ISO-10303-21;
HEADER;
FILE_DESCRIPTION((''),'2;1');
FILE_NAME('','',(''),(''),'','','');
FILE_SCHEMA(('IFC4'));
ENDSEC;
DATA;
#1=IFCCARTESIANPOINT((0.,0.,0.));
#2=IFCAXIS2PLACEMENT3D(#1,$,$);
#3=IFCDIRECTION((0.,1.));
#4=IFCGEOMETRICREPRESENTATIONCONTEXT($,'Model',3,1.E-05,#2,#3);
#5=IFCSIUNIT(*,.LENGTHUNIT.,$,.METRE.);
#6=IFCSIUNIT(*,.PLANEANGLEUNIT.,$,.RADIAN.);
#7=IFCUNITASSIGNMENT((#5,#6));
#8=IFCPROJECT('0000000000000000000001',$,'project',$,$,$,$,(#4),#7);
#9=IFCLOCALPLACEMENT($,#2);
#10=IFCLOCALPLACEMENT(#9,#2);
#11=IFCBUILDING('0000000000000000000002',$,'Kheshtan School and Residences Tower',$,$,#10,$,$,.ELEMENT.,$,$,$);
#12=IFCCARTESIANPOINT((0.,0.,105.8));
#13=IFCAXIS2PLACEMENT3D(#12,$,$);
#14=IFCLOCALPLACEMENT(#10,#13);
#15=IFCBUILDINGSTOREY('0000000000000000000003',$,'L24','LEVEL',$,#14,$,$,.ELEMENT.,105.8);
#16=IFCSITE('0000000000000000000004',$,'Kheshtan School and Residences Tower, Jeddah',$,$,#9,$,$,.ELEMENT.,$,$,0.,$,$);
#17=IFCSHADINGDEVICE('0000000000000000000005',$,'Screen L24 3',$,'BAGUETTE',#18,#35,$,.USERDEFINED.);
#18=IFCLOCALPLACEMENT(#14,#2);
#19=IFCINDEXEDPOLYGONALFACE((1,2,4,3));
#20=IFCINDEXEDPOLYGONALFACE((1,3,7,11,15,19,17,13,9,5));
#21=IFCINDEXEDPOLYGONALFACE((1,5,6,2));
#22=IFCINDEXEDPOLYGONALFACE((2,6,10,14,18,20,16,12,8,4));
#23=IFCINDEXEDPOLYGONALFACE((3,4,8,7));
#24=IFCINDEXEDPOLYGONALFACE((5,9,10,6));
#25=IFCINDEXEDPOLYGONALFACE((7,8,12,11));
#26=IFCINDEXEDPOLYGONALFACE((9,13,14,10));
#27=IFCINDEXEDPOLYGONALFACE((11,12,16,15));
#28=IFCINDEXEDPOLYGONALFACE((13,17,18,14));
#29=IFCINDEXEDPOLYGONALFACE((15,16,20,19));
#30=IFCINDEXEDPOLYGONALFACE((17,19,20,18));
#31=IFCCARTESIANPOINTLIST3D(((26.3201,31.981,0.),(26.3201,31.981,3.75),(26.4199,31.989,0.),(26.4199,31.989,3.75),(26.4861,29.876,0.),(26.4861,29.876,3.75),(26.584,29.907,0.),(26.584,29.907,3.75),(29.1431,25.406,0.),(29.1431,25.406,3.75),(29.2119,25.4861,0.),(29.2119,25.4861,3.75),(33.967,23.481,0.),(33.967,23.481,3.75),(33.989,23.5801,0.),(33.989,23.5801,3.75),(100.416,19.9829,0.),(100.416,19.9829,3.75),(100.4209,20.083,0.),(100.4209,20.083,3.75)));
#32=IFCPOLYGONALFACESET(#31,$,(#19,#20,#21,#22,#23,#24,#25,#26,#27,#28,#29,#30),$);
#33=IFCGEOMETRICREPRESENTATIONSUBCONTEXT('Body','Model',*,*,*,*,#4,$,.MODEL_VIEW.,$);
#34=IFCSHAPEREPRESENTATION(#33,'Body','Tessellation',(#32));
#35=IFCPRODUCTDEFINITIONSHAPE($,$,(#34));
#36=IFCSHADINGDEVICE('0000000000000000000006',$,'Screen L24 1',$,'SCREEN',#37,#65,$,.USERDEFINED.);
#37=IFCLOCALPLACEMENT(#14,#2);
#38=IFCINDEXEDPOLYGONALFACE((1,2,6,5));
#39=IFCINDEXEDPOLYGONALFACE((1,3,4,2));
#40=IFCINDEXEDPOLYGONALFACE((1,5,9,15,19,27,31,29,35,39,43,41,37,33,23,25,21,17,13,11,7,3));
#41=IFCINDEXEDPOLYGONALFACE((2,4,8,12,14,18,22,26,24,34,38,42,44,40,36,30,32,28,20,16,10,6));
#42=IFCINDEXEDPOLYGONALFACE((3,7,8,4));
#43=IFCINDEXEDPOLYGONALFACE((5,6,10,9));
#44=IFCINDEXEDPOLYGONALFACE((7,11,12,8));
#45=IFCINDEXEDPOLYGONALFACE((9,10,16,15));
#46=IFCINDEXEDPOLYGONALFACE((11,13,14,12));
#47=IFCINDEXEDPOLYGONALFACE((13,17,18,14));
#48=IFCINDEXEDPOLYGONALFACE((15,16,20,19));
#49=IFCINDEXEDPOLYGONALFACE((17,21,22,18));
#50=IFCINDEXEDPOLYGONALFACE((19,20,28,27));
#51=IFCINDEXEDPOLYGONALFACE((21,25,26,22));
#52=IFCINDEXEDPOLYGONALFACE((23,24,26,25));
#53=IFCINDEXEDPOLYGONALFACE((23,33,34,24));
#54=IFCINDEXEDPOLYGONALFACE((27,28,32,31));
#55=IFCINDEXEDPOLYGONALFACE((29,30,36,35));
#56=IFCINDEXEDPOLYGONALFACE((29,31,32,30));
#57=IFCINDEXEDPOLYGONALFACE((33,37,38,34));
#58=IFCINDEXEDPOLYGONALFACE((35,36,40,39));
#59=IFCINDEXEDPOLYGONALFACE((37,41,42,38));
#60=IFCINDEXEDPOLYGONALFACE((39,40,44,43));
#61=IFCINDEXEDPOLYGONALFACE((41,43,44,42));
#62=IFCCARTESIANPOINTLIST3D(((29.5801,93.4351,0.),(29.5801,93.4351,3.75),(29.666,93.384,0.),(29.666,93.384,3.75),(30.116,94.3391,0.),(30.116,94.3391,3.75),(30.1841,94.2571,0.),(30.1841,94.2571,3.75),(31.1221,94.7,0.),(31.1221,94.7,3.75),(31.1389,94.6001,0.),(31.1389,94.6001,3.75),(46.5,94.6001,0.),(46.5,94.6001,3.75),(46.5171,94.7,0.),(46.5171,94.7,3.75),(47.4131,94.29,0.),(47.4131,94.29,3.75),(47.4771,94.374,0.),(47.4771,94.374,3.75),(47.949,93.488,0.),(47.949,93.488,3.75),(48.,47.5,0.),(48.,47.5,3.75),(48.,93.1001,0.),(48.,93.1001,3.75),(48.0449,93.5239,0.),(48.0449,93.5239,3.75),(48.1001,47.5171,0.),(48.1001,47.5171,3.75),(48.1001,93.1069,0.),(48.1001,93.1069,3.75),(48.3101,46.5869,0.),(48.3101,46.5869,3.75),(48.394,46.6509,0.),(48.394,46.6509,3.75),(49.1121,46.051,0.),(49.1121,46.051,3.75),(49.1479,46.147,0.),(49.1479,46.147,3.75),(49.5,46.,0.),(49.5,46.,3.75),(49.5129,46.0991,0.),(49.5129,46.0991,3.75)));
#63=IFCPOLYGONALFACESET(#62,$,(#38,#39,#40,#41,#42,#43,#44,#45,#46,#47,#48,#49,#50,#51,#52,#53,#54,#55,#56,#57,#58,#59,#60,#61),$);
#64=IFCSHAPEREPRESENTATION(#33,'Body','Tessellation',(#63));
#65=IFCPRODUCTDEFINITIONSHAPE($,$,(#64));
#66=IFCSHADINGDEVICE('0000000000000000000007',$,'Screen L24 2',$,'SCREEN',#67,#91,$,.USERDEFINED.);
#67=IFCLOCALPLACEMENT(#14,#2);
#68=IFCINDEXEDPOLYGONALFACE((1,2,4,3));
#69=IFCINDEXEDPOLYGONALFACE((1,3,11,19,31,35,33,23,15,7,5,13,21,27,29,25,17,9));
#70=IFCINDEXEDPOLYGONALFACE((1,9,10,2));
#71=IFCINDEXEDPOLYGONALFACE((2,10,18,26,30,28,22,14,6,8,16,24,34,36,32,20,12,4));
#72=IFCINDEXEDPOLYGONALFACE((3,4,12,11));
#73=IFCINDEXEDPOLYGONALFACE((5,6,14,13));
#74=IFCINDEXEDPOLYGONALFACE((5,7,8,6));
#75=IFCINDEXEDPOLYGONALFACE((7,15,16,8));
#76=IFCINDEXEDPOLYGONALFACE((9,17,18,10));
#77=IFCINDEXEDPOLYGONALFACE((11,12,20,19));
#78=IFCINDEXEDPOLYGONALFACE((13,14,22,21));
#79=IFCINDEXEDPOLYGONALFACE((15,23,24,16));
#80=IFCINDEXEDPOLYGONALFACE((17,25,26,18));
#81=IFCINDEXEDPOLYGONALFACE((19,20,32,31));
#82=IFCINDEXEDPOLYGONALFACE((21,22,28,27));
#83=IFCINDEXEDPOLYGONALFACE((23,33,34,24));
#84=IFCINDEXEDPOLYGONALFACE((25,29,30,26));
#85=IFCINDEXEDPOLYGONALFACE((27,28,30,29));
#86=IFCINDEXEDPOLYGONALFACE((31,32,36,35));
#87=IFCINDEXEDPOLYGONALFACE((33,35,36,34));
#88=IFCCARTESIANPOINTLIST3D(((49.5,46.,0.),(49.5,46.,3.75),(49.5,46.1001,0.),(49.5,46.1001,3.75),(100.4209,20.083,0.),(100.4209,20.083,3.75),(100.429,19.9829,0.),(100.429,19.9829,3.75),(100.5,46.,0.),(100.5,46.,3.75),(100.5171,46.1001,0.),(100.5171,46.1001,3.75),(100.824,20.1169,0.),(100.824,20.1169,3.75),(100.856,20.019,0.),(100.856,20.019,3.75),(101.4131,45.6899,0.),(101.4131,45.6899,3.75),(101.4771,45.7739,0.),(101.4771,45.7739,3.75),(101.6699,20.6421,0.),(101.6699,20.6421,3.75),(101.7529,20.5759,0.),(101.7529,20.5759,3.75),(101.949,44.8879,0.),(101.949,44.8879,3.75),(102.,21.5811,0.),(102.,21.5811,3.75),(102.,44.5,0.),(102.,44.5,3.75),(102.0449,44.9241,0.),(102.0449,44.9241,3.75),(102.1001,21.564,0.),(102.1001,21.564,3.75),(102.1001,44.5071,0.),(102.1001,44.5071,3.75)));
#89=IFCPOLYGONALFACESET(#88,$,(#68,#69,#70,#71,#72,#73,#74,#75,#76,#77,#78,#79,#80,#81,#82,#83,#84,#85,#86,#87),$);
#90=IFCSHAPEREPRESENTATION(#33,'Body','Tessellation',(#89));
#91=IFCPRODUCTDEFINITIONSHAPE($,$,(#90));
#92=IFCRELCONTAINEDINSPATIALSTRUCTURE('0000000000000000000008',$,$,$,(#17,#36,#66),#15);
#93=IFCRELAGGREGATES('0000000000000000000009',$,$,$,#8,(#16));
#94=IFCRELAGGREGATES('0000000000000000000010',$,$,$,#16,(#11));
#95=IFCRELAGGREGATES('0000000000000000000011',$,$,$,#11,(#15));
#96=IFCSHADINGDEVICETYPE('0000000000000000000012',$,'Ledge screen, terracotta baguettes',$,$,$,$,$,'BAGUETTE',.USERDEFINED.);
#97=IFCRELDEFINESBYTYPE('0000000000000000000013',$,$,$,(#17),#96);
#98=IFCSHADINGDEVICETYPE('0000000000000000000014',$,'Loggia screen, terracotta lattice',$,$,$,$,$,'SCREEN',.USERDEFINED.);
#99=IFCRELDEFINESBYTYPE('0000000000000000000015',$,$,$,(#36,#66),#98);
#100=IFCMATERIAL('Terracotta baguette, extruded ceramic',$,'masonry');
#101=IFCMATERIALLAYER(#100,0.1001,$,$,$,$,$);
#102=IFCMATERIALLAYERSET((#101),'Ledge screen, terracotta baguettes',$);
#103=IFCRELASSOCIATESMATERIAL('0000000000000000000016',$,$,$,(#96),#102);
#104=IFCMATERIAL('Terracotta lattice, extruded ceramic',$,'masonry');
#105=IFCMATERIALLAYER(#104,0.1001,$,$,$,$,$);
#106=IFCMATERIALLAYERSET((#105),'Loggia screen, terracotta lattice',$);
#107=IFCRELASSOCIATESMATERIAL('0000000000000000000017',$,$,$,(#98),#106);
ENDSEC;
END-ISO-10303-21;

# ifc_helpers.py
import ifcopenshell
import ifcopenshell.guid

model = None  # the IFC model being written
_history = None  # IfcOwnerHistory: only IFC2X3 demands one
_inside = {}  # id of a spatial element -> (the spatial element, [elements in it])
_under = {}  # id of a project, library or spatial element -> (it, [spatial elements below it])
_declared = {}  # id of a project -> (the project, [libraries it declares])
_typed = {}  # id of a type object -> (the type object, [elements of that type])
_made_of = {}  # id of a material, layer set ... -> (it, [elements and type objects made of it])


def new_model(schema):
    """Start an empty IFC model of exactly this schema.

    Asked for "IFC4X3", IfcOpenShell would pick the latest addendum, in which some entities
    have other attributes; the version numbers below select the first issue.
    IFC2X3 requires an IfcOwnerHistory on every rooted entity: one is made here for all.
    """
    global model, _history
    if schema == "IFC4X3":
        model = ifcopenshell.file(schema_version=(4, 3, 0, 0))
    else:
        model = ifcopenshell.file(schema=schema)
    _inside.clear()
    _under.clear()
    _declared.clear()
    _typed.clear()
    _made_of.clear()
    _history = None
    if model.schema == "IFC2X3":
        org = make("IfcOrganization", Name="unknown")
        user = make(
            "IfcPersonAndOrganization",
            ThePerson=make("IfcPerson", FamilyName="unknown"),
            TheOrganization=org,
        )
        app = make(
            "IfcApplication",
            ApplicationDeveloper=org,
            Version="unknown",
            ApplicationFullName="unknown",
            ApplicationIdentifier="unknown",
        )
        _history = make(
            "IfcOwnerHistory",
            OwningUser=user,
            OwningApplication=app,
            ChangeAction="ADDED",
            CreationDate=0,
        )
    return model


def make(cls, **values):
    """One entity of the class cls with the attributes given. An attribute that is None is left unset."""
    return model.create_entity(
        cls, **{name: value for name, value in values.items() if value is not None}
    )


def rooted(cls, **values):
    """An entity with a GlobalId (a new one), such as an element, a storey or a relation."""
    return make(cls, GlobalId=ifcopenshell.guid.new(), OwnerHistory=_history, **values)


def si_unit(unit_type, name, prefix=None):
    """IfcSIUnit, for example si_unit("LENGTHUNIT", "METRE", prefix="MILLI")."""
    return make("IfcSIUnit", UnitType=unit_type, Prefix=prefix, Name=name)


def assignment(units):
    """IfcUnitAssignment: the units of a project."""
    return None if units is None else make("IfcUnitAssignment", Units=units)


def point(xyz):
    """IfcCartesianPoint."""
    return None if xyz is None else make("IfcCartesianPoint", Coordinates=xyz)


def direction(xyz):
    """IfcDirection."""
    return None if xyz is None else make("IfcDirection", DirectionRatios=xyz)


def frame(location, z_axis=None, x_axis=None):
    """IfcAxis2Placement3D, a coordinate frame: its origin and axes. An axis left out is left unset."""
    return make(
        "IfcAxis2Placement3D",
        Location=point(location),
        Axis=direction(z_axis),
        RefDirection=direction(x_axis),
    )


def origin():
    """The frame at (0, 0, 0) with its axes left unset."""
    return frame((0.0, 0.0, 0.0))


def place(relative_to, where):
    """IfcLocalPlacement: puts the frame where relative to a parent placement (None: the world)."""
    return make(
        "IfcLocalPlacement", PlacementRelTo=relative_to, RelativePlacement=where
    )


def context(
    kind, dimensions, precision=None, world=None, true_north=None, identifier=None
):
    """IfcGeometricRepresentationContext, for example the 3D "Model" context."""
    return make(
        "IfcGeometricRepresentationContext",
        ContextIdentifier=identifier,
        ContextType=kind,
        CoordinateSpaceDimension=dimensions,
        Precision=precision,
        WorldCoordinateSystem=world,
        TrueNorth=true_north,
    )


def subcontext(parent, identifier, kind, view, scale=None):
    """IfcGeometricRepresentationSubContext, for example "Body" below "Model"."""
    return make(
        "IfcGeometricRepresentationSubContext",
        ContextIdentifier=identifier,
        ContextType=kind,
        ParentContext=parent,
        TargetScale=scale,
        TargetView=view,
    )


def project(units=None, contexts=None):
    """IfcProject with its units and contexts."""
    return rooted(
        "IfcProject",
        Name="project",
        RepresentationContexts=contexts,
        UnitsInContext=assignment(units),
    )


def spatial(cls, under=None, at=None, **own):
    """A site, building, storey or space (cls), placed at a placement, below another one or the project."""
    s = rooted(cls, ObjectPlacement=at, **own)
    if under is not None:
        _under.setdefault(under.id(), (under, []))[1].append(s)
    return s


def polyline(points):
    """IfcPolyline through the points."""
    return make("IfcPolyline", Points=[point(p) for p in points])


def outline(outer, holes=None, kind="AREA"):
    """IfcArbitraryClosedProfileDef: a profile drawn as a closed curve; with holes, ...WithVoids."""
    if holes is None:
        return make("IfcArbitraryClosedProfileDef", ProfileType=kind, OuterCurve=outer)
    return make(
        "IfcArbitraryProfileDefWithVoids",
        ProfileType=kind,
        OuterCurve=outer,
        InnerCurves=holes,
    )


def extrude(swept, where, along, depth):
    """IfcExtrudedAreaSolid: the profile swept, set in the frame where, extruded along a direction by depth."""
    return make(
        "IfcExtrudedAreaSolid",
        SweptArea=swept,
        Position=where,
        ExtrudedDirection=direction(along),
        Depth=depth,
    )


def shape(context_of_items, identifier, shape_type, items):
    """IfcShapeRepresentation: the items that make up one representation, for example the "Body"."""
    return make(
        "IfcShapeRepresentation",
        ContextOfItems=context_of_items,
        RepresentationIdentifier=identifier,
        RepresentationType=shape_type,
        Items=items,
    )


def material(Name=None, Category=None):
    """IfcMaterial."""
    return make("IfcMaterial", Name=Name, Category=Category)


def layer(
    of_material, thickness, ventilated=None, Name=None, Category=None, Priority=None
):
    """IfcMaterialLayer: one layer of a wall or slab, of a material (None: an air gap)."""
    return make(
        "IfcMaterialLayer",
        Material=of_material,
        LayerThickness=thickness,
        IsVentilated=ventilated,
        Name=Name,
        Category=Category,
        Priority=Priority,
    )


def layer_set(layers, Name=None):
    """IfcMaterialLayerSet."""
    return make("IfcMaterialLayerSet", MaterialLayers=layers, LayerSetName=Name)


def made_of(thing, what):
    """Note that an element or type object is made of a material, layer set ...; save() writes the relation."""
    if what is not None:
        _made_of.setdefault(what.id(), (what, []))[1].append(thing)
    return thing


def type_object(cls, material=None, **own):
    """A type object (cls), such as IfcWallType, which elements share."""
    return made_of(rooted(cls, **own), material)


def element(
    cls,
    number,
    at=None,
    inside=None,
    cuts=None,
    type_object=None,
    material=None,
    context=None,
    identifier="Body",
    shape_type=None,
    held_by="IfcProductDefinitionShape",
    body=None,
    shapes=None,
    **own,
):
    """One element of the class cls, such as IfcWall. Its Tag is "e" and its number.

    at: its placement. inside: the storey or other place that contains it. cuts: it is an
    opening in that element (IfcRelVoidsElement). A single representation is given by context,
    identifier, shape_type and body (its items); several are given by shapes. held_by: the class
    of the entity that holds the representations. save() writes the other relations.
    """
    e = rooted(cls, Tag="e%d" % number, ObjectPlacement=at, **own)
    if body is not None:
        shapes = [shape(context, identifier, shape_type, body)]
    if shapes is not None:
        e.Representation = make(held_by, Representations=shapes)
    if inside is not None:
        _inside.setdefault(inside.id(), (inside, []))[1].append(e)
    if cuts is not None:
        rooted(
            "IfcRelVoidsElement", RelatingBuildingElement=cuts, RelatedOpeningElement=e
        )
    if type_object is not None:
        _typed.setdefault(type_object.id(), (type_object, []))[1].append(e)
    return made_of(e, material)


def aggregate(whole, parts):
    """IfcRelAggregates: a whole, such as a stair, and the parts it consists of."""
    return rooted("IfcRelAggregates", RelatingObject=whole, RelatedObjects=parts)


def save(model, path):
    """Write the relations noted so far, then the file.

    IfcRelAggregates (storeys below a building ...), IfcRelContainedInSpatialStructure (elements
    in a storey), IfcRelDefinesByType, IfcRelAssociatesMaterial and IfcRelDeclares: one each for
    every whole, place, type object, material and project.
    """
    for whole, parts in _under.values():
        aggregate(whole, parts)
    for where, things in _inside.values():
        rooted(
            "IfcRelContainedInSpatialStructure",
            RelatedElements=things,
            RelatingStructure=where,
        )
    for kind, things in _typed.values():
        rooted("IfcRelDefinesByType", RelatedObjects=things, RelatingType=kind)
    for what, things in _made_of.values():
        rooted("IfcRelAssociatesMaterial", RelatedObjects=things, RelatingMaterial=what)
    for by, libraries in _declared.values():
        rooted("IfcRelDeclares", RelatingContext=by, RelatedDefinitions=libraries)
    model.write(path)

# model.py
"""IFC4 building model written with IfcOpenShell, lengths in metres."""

from ifc_helpers import new_model, si_unit, direction, frame, origin, place, context, subcontext, project, spatial, polyline, outline, extrude, material, layer, layer_set, type_object, element, save


model = new_model("IFC4")

# Units and contexts
model_context = context("Model", 3, precision=1e-05, world=origin(), true_north=direction((0.0, 1.0)))
body_context = subcontext(model_context, "Body", "Model", "MODEL_VIEW")
ifc_project = project(units=[si_unit("LENGTHUNIT", "METRE"), si_unit("PLANEANGLEUNIT", "RADIAN")], contexts=[model_context])

# Site, building, storey
site_placement = place(None, origin())
site = spatial("IfcSite", under=ifc_project, at=site_placement, Name="Kheshtan School and Residences Tower, Jeddah", CompositionType="ELEMENT", RefElevation=0.0)
building_placement = place(site_placement, origin())
building = spatial("IfcBuilding", under=site, at=building_placement, Name="Kheshtan School and Residences Tower", CompositionType="ELEMENT")
storey_placement = place(building_placement, frame((0.0, 0.0, 105.8)))
storey = spatial("IfcBuildingStorey", under=building, at=storey_placement, Name="L24", Description="LEVEL", CompositionType="ELEMENT", Elevation=105.8)

# Shading devices
ifc_material_1 = material(Name="Terracotta baguette, extruded ceramic", Category="masonry")
ifc_layer_1 = layer(ifc_material_1, 0.1001)
ifc_layer_set_1 = layer_set([ifc_layer_1], Name="Ledge screen, terracotta baguettes")
shading_device_type_1 = type_object("IfcShadingDeviceType", Name="Ledge screen, terracotta baguettes", ElementType="BAGUETTE", PredefinedType="USERDEFINED", material=ifc_layer_set_1)
shading_device_1_placement = place(storey_placement, origin())
element("IfcShadingDevice", 1, at=shading_device_1_placement, inside=storey, type_object=shading_device_type_1, Name="Screen L24 3", ObjectType="BAGUETTE", PredefinedType="USERDEFINED", context=body_context, shape_type="SweptSolid", body=[
    extrude(outline(polyline([(100.4209, 20.083), (33.989, 23.5801), (29.2119, 25.4861), (26.584, 29.907), (26.4199, 31.989), (26.3201, 31.981), (26.4861, 29.876), (29.1431, 25.406), (33.967, 23.481), (100.416, 19.9829), (100.4209, 20.083)])), origin(), (0.0, 0.0, 1.0), 3.75),
])
ifc_material_2 = material(Name="Terracotta lattice, extruded ceramic", Category="masonry")
ifc_layer_2 = layer(ifc_material_2, 0.1001)
ifc_layer_set_2 = layer_set([ifc_layer_2], Name="Loggia screen, terracotta lattice")
shading_device_type_2 = type_object("IfcShadingDeviceType", Name="Loggia screen, terracotta lattice", ElementType="SCREEN", PredefinedType="USERDEFINED", material=ifc_layer_set_2)
shading_device_2_placement = place(storey_placement, origin())
element("IfcShadingDevice", 2, at=shading_device_2_placement, inside=storey, type_object=shading_device_type_2, Name="Screen L24 1", ObjectType="SCREEN", PredefinedType="USERDEFINED", context=body_context, shape_type="SweptSolid", body=[
    extrude(outline(polyline([(29.666, 93.384), (30.1841, 94.2571), (31.1389, 94.6001), (46.5, 94.6001), (47.4131, 94.29), (47.949, 93.488), (48.0, 93.1001), (48.0, 47.5), (48.3101, 46.5869), (49.1121, 46.051), (49.5, 46.0), (49.5129, 46.0991), (49.1479, 46.147), (48.394, 46.6509), (48.1001, 47.5171), (48.1001, 93.1069), (48.0449, 93.5239), (47.4771, 94.374), (46.5171, 94.7), (31.1221, 94.7), (30.116, 94.3391), (29.5801, 93.4351), (29.666, 93.384)])), origin(), (0.0, 0.0, 1.0), 3.75),
])
shading_device_3_placement = place(storey_placement, origin())
element("IfcShadingDevice", 3, at=shading_device_3_placement, inside=storey, type_object=shading_device_type_2, Name="Screen L24 2", ObjectType="SCREEN", PredefinedType="USERDEFINED", context=body_context, shape_type="SweptSolid", body=[
    extrude(outline(polyline([(49.5, 46.0), (100.5, 46.0), (101.4131, 45.6899), (101.949, 44.8879), (102.0, 44.5), (102.0, 21.5811), (101.6699, 20.6421), (100.824, 20.1169), (100.4209, 20.083), (100.429, 19.9829), (100.856, 20.019), (101.7529, 20.5759), (102.1001, 21.564), (102.1001, 44.5071), (102.0449, 44.9241), (101.4771, 45.7739), (100.5171, 46.1001), (49.5, 46.1001), (49.5, 46.0)])), origin(), (0.0, 0.0, 1.0), 3.75),
])

save(model, "model.ifc")
